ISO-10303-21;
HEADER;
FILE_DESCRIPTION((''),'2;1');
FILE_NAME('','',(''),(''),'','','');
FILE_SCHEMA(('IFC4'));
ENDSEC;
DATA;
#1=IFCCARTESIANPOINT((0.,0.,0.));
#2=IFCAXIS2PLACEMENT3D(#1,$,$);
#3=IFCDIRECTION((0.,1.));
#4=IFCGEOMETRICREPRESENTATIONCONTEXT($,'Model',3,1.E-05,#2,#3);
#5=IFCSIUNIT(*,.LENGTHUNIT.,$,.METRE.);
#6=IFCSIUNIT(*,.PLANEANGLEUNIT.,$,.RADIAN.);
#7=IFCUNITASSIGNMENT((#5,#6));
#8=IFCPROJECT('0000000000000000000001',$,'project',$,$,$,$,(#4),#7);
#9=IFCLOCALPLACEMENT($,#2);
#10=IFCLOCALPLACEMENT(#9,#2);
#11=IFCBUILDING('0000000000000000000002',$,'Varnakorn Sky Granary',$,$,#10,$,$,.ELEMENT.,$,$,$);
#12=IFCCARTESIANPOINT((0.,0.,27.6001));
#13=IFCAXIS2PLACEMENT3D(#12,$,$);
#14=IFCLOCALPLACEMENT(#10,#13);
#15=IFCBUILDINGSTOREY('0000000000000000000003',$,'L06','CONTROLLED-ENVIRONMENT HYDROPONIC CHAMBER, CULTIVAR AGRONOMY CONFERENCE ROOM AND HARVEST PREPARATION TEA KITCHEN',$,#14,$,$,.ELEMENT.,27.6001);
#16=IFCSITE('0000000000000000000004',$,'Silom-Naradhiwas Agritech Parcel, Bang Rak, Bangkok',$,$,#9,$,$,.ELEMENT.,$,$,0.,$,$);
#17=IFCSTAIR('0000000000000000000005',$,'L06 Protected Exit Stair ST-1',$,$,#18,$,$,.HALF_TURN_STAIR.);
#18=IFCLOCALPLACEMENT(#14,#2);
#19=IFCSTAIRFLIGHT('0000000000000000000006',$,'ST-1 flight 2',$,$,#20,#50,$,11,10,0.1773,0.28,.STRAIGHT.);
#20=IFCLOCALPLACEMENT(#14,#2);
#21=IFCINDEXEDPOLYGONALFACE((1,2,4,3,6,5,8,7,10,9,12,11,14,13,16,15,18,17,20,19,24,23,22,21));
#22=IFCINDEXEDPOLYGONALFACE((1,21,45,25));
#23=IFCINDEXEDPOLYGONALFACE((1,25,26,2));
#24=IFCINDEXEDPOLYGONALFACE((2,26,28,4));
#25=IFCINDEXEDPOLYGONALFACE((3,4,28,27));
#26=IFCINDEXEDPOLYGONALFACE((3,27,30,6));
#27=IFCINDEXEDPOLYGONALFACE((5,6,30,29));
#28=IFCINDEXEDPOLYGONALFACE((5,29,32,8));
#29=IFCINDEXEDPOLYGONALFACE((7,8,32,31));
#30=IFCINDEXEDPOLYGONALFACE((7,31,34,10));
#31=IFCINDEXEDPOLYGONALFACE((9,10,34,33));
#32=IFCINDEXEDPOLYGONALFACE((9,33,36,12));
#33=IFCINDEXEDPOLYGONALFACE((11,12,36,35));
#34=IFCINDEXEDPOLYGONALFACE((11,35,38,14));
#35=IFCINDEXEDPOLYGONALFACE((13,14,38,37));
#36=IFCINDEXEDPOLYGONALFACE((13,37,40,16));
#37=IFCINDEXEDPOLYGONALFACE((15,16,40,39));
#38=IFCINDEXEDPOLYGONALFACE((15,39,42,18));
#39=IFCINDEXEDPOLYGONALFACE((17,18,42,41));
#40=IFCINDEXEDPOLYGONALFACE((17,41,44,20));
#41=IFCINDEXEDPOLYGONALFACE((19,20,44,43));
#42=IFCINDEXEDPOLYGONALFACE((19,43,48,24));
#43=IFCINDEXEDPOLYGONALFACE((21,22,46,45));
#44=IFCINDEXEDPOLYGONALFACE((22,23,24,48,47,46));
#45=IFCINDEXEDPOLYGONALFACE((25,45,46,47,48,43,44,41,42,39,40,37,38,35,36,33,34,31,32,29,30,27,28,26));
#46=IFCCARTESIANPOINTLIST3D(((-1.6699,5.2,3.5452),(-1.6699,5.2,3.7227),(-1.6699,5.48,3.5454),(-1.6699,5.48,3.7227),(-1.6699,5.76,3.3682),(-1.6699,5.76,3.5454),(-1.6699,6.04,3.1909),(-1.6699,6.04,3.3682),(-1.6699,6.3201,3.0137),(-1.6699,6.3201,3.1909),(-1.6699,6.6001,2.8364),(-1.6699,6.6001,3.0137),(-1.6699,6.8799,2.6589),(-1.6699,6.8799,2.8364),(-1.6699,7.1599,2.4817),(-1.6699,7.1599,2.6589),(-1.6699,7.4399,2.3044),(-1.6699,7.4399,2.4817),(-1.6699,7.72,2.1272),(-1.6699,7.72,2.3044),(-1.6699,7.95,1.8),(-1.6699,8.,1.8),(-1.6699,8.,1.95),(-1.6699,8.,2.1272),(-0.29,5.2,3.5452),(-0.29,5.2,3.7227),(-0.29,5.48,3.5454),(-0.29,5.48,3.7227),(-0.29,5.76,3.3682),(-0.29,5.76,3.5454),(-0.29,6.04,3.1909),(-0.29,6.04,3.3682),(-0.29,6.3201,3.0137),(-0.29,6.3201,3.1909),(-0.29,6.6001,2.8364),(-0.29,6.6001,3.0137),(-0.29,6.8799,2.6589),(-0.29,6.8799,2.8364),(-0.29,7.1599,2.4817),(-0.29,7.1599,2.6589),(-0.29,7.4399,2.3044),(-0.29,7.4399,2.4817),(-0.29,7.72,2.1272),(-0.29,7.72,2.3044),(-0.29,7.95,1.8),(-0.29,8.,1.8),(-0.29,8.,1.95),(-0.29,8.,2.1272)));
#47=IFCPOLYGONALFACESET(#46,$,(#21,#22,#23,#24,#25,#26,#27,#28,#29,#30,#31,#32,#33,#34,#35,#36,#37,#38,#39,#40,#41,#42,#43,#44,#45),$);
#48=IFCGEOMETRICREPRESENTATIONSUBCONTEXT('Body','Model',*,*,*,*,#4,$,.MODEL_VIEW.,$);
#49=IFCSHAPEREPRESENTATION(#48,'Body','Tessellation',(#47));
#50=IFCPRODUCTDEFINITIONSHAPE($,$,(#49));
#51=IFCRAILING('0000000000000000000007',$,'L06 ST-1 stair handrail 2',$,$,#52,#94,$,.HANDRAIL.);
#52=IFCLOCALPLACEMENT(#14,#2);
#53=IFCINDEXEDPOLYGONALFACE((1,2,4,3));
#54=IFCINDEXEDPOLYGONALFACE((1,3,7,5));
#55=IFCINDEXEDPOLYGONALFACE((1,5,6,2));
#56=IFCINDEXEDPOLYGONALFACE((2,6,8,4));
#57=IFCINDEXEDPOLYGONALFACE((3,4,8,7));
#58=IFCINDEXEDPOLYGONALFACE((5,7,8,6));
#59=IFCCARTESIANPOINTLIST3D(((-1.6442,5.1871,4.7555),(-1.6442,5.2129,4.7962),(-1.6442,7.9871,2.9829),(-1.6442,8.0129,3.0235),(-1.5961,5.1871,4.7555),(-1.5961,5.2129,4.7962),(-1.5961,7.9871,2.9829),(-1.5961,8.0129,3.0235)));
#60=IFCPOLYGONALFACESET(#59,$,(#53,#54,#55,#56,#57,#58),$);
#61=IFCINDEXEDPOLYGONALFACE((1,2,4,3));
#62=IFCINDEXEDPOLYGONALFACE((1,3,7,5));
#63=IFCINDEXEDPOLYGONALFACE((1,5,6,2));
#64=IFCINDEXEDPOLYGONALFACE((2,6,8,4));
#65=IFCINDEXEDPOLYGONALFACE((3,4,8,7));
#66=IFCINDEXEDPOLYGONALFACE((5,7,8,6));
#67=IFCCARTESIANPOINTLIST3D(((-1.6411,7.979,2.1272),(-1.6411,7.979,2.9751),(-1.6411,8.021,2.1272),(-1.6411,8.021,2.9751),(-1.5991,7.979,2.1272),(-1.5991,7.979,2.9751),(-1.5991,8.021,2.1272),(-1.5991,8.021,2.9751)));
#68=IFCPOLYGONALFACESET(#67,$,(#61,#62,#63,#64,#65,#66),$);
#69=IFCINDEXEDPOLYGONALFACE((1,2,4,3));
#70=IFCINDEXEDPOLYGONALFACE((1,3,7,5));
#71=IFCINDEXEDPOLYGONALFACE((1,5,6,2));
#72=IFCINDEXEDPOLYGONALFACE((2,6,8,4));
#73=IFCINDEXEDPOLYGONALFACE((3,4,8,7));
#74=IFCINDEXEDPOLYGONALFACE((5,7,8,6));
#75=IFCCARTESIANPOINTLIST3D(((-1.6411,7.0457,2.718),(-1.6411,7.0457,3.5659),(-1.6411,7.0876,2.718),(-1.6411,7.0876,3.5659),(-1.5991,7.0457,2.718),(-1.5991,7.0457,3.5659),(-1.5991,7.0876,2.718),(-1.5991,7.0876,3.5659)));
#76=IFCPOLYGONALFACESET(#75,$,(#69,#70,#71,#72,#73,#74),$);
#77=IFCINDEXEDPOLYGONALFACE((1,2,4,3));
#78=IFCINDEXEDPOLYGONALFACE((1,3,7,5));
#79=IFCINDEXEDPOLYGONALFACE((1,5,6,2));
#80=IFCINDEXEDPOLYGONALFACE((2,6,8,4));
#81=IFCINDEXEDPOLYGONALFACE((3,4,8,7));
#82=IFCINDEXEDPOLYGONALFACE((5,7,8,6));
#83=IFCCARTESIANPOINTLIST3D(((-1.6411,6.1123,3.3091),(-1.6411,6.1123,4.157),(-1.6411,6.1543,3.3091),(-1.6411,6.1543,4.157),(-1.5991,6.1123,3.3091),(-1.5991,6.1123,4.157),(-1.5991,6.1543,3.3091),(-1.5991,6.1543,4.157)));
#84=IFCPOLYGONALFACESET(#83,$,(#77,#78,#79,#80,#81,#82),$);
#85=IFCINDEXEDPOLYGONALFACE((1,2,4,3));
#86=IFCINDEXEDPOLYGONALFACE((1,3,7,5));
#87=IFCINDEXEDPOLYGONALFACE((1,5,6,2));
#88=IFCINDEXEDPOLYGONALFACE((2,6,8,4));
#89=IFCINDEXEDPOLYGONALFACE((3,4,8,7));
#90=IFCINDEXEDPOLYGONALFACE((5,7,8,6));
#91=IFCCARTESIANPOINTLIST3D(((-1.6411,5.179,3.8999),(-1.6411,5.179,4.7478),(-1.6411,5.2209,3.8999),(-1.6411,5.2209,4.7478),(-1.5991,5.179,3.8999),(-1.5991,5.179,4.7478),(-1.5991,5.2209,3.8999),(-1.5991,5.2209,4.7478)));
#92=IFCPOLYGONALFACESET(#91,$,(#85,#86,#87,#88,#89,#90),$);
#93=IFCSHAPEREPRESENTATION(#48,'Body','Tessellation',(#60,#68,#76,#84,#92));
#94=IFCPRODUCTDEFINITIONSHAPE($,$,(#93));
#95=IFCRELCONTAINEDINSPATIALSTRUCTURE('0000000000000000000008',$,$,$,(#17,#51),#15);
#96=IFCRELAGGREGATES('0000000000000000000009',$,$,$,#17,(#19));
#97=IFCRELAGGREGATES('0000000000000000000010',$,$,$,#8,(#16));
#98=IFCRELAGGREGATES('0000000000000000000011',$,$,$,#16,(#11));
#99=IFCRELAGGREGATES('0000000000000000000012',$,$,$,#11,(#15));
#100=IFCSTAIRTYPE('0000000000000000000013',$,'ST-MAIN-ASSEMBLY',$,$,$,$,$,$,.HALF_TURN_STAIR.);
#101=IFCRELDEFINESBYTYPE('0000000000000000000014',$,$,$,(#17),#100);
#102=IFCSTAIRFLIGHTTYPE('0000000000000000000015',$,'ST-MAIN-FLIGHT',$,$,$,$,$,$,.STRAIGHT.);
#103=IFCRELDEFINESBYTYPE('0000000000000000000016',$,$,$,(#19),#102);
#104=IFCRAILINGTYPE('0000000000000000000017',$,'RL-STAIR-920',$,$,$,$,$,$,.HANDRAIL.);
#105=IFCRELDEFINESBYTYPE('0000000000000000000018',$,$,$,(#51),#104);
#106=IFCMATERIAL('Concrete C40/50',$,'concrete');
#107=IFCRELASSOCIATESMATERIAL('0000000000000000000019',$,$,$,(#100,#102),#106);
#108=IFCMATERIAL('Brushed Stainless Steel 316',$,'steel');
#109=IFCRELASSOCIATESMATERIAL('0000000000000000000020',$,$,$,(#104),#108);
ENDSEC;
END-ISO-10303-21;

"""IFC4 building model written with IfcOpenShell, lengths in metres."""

from ifc_helpers import new_model, si_unit, direction, frame, origin, origin_2d, place, context, subcontext, project, spatial, polyline, rectangle, outline, extrude, material, type_object, element, aggregate, save


model = new_model("IFC4")

# Units and contexts
model_context = context("Model", 3, precision=1e-05, world=origin(), true_north=direction((0.0, 1.0)))
body_context = subcontext(model_context, "Body", "Model", "MODEL_VIEW")
ifc_project = project(units=[si_unit("LENGTHUNIT", "METRE"), si_unit("PLANEANGLEUNIT", "RADIAN")], contexts=[model_context])

# Site, building, storey
site_placement = place(None, origin())
site = spatial("IfcSite", under=ifc_project, at=site_placement, Name="Silom-Naradhiwas Agritech Parcel, Bang Rak, Bangkok", CompositionType="ELEMENT", RefElevation=0.0)
building_placement = place(site_placement, origin())
building = spatial("IfcBuilding", under=site, at=building_placement, Name="Varnakorn Sky Granary", CompositionType="ELEMENT")
storey_placement = place(building_placement, frame((0.0, 0.0, 27.6001)))
storey = spatial("IfcBuildingStorey", under=building, at=storey_placement, Name="L06", Description="CONTROLLED-ENVIRONMENT HYDROPONIC CHAMBER, CULTIVAR AGRONOMY CONFERENCE ROOM AND HARVEST PREPARATION TEA KITCHEN", CompositionType="ELEMENT", Elevation=27.6001)

# Stair, stair flight
ifc_material_1 = material(Name="Concrete C40/50", Category="concrete")
stair_type = type_object("IfcStairType", Name="ST-MAIN-ASSEMBLY", PredefinedType="HALF_TURN_STAIR", material=ifc_material_1)
stair_placement = place(storey_placement, origin())
stair = element("IfcStair", 1, at=stair_placement, inside=storey, type_object=stair_type, Name="L06 Protected Exit Stair ST-1", PredefinedType="HALF_TURN_STAIR")
stair_flight_type = type_object("IfcStairFlightType", Name="ST-MAIN-FLIGHT", PredefinedType="STRAIGHT", material=ifc_material_1)
stair_flight_placement = place(storey_placement, frame((-0.98, 8.0, 1.95), z_axis=(0.0, 0.0, 1.0), x_axis=(0.0, -1.0, 0.0)))
stair_flight = element("IfcStairFlight", 2, at=stair_flight_placement, type_object=stair_flight_type, Name="ST-1 flight 2", NumberOfRisers=11, NumberOfTreads=10, PredefinedType="STRAIGHT", RiserHeight=0.1773, TreadLength=0.28, context=body_context, shape_type="SweptSolid", body=[
    extrude(outline(polyline([(0.0, -0.1499), (0.0, 0.0), (0.0, 0.1772), (0.28, 0.1772), (0.28, 0.3545), (0.5601, 0.3545), (0.5601, 0.5317), (0.8401, 0.5317), (0.8401, 0.709), (1.1201, 0.709), (1.1201, 0.8865), (1.3999, 0.8865), (1.3999, 1.0637), (1.6799, 1.0637), (1.6799, 1.241), (1.96, 1.241), (1.96, 1.4182), (2.24, 1.4182), (2.24, 1.5955), (2.52, 1.5955), (2.52, 1.7727), (2.8, 1.7727), (2.8, 1.95), (2.8, 1.5952), (0.05, -0.1499), (0.0, -0.1499)])), frame((0.0, 0.6899, 0.0), z_axis=(0.0, -1.0, 0.0), x_axis=(1.0, 0.0, 0.0)), (0.0, 0.0, 1.0), 1.3799),
])
aggregate(stair, [stair_flight])

# Railing
ifc_material_2 = material(Name="Brushed Stainless Steel 316", Category="steel")
railing_type = type_object("IfcRailingType", Name="RL-STAIR-920", PredefinedType="HANDRAIL", material=ifc_material_2)
railing_placement = place(storey_placement, frame((-1.6201, 8.0, 2.1272)))
element("IfcRailing", 3, at=railing_placement, inside=storey, type_object=railing_type, Name="L06 ST-1 stair handrail 2", PredefinedType="HANDRAIL", context=body_context, shape_type="SweptSolid", body=[
    extrude(rectangle(XDim=0.0481, YDim=0.0481, at=origin_2d()), frame((0.0, 0.0, 0.876), z_axis=(0.0, -0.844909, 0.53491), x_axis=(1.0, 0.0, 0.0)), (0.0, 0.0, 1.0), 3.314),
    extrude(rectangle(XDim=0.042, YDim=0.042, at=origin_2d()), origin(), (0.0, 0.0, 1.0), 0.8479),
    extrude(rectangle(XDim=0.042, YDim=0.042, at=origin_2d()), frame((0.0, -0.9333, 0.5908)), (0.0, 0.0, 1.0), 0.8479),
    extrude(rectangle(XDim=0.042, YDim=0.042, at=origin_2d()), frame((0.0, -1.8667, 1.1819)), (0.0, 0.0, 1.0), 0.8479),
    extrude(rectangle(XDim=0.042, YDim=0.042, at=origin_2d()), frame((0.0, -2.8, 1.7727)), (0.0, 0.0, 1.0), 0.8479),
])

save(model, "model.ifc")
